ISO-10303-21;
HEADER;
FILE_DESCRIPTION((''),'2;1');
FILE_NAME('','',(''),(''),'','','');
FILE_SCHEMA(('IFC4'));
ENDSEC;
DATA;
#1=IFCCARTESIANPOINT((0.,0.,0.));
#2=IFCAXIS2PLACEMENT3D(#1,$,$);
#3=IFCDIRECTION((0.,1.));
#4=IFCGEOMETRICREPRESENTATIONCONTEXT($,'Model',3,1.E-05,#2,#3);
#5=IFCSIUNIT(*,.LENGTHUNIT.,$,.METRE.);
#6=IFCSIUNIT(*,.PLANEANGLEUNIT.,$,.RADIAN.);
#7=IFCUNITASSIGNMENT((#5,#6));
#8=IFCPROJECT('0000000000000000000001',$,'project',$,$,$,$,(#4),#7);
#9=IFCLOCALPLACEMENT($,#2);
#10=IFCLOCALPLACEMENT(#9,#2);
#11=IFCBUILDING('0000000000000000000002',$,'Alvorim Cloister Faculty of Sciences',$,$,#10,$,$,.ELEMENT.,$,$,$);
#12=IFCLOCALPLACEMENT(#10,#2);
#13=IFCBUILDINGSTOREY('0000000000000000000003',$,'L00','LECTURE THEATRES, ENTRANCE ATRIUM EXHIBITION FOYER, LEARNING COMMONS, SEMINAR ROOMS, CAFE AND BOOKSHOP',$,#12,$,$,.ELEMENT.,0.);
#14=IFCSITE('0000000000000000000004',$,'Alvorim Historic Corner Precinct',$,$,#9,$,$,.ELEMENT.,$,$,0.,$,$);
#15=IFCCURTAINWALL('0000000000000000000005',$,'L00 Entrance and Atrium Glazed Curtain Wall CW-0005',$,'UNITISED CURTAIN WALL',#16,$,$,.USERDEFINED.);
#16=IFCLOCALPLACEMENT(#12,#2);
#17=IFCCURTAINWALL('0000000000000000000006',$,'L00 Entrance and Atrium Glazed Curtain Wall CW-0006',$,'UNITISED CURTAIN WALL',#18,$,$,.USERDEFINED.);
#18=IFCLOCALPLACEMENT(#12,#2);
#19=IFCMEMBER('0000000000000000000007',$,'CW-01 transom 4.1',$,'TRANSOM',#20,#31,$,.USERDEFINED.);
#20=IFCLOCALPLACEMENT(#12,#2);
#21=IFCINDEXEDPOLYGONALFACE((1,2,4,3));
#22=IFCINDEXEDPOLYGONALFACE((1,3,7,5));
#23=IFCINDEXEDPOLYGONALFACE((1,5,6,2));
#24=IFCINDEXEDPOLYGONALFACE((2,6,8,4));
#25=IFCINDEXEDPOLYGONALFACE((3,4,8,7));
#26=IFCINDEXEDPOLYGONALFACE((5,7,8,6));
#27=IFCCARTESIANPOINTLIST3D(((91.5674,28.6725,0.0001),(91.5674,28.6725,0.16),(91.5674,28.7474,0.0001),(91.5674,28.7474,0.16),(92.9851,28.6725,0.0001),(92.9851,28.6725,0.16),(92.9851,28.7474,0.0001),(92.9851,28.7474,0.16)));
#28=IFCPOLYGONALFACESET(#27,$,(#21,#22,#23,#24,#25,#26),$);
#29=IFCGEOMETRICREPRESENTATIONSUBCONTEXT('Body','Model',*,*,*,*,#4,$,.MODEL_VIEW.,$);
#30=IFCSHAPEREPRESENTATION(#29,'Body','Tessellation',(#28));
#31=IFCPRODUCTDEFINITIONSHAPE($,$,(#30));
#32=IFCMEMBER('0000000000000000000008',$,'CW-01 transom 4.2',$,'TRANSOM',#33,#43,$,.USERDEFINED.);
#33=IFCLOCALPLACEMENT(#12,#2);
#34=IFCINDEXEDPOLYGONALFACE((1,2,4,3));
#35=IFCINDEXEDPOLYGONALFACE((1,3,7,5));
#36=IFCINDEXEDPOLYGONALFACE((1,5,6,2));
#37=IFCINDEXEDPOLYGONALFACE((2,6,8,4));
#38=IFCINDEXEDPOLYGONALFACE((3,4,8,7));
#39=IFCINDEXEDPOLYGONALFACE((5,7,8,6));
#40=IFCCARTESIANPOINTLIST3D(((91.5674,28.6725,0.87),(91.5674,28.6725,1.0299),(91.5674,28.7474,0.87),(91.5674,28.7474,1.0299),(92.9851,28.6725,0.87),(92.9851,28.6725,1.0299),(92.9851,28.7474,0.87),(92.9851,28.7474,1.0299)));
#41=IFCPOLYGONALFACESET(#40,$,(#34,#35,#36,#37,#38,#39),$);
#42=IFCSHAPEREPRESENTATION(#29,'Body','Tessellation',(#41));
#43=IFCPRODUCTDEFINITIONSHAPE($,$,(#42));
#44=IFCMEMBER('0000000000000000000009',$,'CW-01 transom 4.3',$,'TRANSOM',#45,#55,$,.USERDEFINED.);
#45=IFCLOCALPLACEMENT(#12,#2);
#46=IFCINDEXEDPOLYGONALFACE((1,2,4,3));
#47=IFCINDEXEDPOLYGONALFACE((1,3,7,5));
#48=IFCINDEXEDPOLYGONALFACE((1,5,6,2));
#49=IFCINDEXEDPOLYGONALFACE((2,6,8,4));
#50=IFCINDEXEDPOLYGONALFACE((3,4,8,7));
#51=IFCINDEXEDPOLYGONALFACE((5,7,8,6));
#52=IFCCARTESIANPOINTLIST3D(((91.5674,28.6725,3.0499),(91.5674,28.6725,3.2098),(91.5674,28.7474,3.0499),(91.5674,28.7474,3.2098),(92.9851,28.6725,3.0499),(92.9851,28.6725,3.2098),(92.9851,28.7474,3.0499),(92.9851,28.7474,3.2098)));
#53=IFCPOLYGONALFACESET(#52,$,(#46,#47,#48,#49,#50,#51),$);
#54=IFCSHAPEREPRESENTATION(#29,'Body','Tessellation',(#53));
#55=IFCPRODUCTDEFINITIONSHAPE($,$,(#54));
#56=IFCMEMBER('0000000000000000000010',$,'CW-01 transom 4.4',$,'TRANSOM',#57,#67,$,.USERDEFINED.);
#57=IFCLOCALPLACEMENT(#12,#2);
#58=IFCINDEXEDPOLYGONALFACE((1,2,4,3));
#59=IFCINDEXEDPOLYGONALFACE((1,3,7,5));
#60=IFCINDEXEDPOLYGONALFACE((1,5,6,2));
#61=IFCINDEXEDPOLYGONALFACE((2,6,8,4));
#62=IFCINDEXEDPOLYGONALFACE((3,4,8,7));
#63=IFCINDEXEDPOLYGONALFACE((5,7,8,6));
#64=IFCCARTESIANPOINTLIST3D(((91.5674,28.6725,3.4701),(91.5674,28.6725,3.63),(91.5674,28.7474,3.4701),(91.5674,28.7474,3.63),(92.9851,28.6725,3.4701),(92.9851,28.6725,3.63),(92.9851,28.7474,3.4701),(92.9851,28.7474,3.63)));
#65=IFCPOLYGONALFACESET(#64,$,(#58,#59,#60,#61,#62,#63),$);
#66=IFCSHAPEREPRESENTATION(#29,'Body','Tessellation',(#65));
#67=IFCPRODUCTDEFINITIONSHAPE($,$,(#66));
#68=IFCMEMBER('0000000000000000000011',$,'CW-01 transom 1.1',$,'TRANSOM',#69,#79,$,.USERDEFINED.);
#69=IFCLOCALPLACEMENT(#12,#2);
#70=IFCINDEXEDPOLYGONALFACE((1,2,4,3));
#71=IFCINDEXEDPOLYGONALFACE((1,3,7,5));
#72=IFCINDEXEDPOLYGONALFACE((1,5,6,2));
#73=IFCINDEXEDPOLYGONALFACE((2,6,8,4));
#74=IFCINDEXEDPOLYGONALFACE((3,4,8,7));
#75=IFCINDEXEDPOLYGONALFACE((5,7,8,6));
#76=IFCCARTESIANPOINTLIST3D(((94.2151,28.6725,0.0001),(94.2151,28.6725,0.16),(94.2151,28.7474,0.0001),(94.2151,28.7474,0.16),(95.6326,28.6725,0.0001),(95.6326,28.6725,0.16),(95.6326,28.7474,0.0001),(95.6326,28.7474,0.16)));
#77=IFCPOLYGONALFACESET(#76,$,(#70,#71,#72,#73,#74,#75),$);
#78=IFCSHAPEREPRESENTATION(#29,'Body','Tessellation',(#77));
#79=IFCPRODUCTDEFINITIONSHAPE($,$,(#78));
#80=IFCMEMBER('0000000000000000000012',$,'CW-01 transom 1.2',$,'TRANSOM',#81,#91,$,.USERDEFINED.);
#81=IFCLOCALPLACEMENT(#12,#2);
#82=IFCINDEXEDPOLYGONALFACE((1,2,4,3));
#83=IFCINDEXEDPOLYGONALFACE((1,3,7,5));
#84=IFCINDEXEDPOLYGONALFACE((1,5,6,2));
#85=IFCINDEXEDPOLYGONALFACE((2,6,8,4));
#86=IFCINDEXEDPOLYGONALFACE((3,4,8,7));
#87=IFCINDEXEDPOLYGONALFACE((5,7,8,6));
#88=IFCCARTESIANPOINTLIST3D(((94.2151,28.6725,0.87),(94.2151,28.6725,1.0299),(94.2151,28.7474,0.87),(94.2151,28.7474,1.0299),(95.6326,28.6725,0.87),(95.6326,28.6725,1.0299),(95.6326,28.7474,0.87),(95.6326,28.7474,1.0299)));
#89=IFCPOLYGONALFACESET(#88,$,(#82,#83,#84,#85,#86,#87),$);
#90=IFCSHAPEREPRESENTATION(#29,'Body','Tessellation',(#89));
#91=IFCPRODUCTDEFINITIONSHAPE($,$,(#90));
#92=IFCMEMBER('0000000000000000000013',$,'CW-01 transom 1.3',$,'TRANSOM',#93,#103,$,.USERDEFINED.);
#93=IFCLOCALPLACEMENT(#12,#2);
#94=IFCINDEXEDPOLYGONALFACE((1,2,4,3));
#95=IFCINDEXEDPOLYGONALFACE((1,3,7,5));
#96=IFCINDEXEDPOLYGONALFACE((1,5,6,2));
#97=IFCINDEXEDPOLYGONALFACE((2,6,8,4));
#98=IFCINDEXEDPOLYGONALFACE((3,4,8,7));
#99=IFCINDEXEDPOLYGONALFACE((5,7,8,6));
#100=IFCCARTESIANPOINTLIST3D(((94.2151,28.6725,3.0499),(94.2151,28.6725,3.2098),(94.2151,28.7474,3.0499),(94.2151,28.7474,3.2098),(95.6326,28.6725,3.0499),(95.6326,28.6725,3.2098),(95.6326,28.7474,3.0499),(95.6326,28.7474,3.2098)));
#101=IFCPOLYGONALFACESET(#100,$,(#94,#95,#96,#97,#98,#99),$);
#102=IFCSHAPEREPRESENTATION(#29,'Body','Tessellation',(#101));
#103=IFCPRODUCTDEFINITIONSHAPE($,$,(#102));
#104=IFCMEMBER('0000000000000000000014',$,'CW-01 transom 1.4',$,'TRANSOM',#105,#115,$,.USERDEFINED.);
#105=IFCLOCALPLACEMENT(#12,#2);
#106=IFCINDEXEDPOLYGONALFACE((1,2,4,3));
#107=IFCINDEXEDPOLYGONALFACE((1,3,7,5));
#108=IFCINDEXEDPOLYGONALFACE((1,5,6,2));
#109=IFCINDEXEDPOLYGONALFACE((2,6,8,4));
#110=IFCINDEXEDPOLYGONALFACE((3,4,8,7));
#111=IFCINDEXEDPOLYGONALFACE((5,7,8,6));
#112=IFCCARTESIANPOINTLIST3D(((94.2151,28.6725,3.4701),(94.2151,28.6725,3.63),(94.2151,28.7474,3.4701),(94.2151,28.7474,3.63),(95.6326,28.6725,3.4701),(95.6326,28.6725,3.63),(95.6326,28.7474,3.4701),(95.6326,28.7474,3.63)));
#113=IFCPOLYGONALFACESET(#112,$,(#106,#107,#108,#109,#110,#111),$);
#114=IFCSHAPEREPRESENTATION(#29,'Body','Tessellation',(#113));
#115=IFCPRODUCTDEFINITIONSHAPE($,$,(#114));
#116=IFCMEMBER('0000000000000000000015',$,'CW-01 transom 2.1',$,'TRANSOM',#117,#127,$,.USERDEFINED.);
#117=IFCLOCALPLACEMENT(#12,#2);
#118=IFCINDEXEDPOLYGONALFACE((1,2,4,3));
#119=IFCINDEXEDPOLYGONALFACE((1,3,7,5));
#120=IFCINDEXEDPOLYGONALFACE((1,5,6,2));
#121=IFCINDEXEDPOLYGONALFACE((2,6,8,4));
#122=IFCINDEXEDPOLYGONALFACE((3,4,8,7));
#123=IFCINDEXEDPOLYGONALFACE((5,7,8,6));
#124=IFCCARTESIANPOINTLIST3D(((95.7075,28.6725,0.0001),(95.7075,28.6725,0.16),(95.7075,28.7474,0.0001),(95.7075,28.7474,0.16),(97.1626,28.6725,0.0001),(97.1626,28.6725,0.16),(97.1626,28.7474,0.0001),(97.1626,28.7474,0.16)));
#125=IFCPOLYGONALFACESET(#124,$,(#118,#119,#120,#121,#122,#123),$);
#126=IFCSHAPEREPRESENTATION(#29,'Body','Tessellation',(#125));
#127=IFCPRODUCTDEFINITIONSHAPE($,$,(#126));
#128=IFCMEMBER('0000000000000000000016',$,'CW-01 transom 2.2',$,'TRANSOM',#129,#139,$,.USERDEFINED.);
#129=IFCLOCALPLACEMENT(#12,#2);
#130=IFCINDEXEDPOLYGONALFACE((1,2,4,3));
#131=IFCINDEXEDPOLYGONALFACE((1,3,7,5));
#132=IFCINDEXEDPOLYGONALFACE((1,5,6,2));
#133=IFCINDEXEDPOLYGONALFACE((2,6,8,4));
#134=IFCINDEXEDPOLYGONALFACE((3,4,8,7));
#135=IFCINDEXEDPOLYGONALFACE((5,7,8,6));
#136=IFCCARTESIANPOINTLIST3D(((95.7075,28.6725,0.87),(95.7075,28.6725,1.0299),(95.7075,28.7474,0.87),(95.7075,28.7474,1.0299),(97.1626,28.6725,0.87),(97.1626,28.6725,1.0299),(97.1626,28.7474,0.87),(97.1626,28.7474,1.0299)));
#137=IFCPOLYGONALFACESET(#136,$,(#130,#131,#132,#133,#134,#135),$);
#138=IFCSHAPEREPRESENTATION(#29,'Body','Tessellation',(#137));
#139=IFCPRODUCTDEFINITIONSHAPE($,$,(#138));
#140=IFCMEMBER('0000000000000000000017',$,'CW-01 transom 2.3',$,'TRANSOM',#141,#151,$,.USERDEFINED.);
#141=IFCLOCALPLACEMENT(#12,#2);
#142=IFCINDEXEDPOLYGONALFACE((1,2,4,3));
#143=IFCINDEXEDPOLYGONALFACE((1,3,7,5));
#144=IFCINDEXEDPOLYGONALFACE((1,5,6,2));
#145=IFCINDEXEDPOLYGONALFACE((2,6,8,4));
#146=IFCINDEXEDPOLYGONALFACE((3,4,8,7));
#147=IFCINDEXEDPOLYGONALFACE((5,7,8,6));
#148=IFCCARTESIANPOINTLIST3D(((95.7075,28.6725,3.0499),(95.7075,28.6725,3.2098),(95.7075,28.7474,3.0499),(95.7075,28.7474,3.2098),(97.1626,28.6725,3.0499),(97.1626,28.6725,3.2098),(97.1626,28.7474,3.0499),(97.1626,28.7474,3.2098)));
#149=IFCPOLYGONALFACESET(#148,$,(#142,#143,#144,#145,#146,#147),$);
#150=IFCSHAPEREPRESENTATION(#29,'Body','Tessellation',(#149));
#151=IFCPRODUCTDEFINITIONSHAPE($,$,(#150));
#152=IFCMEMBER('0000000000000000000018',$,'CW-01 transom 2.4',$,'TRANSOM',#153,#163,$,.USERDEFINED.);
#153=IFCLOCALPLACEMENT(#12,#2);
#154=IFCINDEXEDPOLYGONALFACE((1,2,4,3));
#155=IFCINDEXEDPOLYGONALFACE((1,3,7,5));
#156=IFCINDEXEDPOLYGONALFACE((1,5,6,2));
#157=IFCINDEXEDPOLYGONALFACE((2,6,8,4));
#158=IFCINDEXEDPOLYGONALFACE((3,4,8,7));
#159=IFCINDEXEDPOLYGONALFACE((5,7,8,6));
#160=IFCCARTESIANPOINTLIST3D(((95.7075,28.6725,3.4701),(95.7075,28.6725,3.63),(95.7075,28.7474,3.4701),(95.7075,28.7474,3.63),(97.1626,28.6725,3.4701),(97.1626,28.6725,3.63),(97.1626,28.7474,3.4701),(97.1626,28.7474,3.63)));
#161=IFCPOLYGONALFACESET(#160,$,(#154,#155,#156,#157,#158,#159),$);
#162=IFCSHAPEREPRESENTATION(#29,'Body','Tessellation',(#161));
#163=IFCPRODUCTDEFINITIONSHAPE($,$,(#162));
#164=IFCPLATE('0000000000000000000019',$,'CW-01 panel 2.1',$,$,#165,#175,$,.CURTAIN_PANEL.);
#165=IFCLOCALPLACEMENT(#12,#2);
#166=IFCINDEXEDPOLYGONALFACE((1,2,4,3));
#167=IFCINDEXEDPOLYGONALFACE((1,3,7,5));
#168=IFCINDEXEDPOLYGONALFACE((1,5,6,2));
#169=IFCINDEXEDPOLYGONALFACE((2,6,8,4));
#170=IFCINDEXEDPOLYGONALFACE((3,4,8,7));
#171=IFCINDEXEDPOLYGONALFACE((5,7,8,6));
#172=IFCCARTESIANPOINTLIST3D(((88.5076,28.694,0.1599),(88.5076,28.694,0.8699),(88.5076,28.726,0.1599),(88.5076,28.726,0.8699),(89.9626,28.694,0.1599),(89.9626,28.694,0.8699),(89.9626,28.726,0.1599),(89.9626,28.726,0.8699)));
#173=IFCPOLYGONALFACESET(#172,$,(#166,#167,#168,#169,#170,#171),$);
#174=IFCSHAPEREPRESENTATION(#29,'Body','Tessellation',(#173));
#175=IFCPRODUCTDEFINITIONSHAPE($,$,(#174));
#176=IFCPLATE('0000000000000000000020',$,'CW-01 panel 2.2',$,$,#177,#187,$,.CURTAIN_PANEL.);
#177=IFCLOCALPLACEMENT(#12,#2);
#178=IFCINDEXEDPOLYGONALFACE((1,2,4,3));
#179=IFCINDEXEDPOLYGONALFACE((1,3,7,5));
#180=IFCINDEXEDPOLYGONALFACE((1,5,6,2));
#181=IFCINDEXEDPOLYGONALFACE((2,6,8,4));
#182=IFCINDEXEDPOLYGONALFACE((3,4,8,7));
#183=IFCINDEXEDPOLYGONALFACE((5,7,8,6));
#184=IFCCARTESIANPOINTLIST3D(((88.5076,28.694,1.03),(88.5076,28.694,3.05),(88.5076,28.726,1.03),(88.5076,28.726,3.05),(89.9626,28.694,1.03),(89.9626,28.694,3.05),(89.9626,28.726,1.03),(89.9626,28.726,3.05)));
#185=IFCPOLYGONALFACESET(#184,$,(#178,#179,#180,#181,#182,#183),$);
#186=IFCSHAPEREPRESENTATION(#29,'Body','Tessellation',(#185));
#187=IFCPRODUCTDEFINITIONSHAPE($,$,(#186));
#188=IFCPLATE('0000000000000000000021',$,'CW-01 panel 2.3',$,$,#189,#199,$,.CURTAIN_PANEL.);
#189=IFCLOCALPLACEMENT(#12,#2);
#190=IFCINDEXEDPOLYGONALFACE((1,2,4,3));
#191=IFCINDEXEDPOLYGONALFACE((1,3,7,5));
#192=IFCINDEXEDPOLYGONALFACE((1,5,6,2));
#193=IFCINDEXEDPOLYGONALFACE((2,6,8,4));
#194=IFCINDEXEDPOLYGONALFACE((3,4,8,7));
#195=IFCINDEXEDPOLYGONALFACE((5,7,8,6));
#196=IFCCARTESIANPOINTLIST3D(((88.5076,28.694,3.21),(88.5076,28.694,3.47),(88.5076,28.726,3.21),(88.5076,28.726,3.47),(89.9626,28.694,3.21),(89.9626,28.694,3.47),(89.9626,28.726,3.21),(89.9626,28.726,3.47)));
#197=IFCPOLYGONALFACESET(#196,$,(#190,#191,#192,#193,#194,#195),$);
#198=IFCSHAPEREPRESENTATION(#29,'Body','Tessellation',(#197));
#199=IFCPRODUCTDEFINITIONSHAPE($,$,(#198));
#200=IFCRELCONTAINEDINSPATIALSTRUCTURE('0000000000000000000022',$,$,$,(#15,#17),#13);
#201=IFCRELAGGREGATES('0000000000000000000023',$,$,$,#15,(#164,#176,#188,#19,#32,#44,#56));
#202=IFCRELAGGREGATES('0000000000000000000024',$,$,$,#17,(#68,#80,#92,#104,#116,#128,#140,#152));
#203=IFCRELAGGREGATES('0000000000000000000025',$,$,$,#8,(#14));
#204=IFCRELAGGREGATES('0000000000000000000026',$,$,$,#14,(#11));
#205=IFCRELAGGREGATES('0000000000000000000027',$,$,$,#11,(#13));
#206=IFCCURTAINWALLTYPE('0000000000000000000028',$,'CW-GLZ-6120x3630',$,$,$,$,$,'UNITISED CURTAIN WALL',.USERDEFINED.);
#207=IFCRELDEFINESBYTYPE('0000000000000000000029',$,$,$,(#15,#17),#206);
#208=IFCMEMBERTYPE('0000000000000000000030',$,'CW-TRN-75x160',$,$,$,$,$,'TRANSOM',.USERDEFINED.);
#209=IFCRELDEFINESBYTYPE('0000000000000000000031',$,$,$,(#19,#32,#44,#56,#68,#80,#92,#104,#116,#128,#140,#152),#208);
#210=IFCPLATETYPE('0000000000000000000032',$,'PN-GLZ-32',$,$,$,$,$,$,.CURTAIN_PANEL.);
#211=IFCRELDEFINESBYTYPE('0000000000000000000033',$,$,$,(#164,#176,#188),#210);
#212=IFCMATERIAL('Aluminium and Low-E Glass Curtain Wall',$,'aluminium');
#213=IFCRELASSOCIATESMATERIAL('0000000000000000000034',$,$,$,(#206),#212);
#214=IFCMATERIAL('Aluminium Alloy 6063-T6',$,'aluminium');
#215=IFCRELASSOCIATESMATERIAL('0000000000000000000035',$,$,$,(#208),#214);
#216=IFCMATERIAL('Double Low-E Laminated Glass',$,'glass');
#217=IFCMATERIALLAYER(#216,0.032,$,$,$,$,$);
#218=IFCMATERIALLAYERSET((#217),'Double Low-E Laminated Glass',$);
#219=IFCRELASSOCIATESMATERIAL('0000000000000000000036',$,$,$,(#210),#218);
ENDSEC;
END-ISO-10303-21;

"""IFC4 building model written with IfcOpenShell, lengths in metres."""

from ifc_helpers import new_model, si_unit, direction, frame, origin, origin_2d, place, context, subcontext, project, spatial, rectangle, extrude, material, layer, layer_set, material_profile, profile_set, type_object, element, aggregate, save


model = new_model("IFC4")

# Units and contexts
model_context = context("Model", 3, precision=1e-05, world=origin(), true_north=direction((0.0, 1.0)))
body_context = subcontext(model_context, "Body", "Model", "MODEL_VIEW")
ifc_project = project(units=[si_unit("LENGTHUNIT", "METRE"), si_unit("PLANEANGLEUNIT", "RADIAN")], contexts=[model_context])

# Site, building, storey
site_placement = place(None, origin())
site = spatial("IfcSite", under=ifc_project, at=site_placement, Name="Alvorim Historic Corner Precinct", CompositionType="ELEMENT", RefElevation=0.0)
building_placement = place(site_placement, origin())
building = spatial("IfcBuilding", under=site, at=building_placement, Name="Alvorim Cloister Faculty of Sciences", CompositionType="ELEMENT")
storey_placement = place(building_placement, origin())
storey = spatial("IfcBuildingStorey", under=building, at=storey_placement, Name="L00", Description="LECTURE THEATRES, ENTRANCE ATRIUM EXHIBITION FOYER, LEARNING COMMONS, SEMINAR ROOMS, CAFE AND BOOKSHOP", CompositionType="ELEMENT", Elevation=0.0)

# Curtain walls
ifc_material_1 = material(Name="Aluminium and Low-E Glass Curtain Wall", Category="aluminium")
curtain_wall_type = type_object("IfcCurtainWallType", Name="CW-GLZ-6120x3630", ElementType="UNITISED CURTAIN WALL", PredefinedType="USERDEFINED", material=ifc_material_1)
curtain_wall_1_placement = place(storey_placement, origin())
curtain_wall_1 = element("IfcCurtainWall", 1, at=curtain_wall_1_placement, inside=storey, type_object=curtain_wall_type, Name="L00 Entrance and Atrium Glazed Curtain Wall CW-0005", ObjectType="UNITISED CURTAIN WALL", PredefinedType="USERDEFINED")
ifc_material_2 = material(Name="Aluminium Alloy 6063-T6", Category="aluminium")
curtain_wall_2_placement = place(storey_placement, origin())
curtain_wall_2 = element("IfcCurtainWall", 2, at=curtain_wall_2_placement, inside=storey, type_object=curtain_wall_type, Name="L00 Entrance and Atrium Glazed Curtain Wall CW-0006", ObjectType="UNITISED CURTAIN WALL", PredefinedType="USERDEFINED")

# Members
ifc_material_profile_1 = material_profile(ifc_material_2, rectangle(XDim=0.075, YDim=0.1599, at=origin_2d()), Name="ALU-TRN-75x160")
ifc_profile_set_1 = profile_set([ifc_material_profile_1], Name="Aluminium Alloy 6063-T6")
member_type_1 = type_object("IfcMemberType", Name="CW-TRN-75x160", ElementType="TRANSOM", PredefinedType="USERDEFINED", material=ifc_profile_set_1)
member_1_placement = place(storey_placement, frame((91.5674, 28.71, 0.0801), z_axis=(1.0, 0.0, 0.0), x_axis=(0.0, 1.0, 0.0)))
member_1 = element("IfcMember", 3, at=member_1_placement, type_object=member_type_1, Name="CW-01 transom 4.1", ObjectType="TRANSOM", PredefinedType="USERDEFINED", context=body_context, shape_type="SweptSolid", body=[
    extrude(rectangle(XDim=0.075, YDim=0.1599, at=origin_2d()), origin(), (0.0, 0.0, 1.0), 1.4177),
])
member_2_placement = place(storey_placement, frame((91.5674, 28.71, 0.95), z_axis=(1.0, 0.0, 0.0), x_axis=(0.0, 1.0, 0.0)))
member_2 = element("IfcMember", 4, at=member_2_placement, type_object=member_type_1, Name="CW-01 transom 4.2", ObjectType="TRANSOM", PredefinedType="USERDEFINED", context=body_context, shape_type="SweptSolid", body=[
    extrude(rectangle(XDim=0.075, YDim=0.1599, at=origin_2d()), origin(), (0.0, 0.0, 1.0), 1.4177),
])
member_3_placement = place(storey_placement, frame((91.5674, 28.71, 3.1299), z_axis=(1.0, 0.0, 0.0), x_axis=(0.0, 1.0, 0.0)))
member_3 = element("IfcMember", 5, at=member_3_placement, type_object=member_type_1, Name="CW-01 transom 4.3", ObjectType="TRANSOM", PredefinedType="USERDEFINED", context=body_context, shape_type="SweptSolid", body=[
    extrude(rectangle(XDim=0.075, YDim=0.1599, at=origin_2d()), origin(), (0.0, 0.0, 1.0), 1.4177),
])
member_4_placement = place(storey_placement, frame((91.5674, 28.71, 3.55), z_axis=(1.0, 0.0, 0.0), x_axis=(0.0, 1.0, 0.0)))
member_4 = element("IfcMember", 6, at=member_4_placement, type_object=member_type_1, Name="CW-01 transom 4.4", ObjectType="TRANSOM", PredefinedType="USERDEFINED", context=body_context, shape_type="SweptSolid", body=[
    extrude(rectangle(XDim=0.075, YDim=0.1599, at=origin_2d()), origin(), (0.0, 0.0, 1.0), 1.4177),
])
member_5_placement = place(storey_placement, frame((94.2151, 28.71, 0.0801), z_axis=(1.0, 0.0, 0.0), x_axis=(0.0, 1.0, 0.0)))
member_5 = element("IfcMember", 7, at=member_5_placement, type_object=member_type_1, Name="CW-01 transom 1.1", ObjectType="TRANSOM", PredefinedType="USERDEFINED", context=body_context, shape_type="SweptSolid", body=[
    extrude(rectangle(XDim=0.075, YDim=0.1599, at=origin_2d()), origin(), (0.0, 0.0, 1.0), 1.4175),
])
member_6_placement = place(storey_placement, frame((94.2151, 28.71, 0.95), z_axis=(1.0, 0.0, 0.0), x_axis=(0.0, 1.0, 0.0)))
member_6 = element("IfcMember", 8, at=member_6_placement, type_object=member_type_1, Name="CW-01 transom 1.2", ObjectType="TRANSOM", PredefinedType="USERDEFINED", context=body_context, shape_type="SweptSolid", body=[
    extrude(rectangle(XDim=0.075, YDim=0.1599, at=origin_2d()), origin(), (0.0, 0.0, 1.0), 1.4175),
])
member_7_placement = place(storey_placement, frame((94.2151, 28.71, 3.1299), z_axis=(1.0, 0.0, 0.0), x_axis=(0.0, 1.0, 0.0)))
member_7 = element("IfcMember", 9, at=member_7_placement, type_object=member_type_1, Name="CW-01 transom 1.3", ObjectType="TRANSOM", PredefinedType="USERDEFINED", context=body_context, shape_type="SweptSolid", body=[
    extrude(rectangle(XDim=0.075, YDim=0.1599, at=origin_2d()), origin(), (0.0, 0.0, 1.0), 1.4175),
])
member_8_placement = place(storey_placement, frame((94.2151, 28.71, 3.55), z_axis=(1.0, 0.0, 0.0), x_axis=(0.0, 1.0, 0.0)))
member_8 = element("IfcMember", 10, at=member_8_placement, type_object=member_type_1, Name="CW-01 transom 1.4", ObjectType="TRANSOM", PredefinedType="USERDEFINED", context=body_context, shape_type="SweptSolid", body=[
    extrude(rectangle(XDim=0.075, YDim=0.1599, at=origin_2d()), origin(), (0.0, 0.0, 1.0), 1.4175),
])
member_9_placement = place(storey_placement, frame((95.7075, 28.71, 0.0801), z_axis=(1.0, 0.0, 0.0), x_axis=(0.0, 1.0, 0.0)))
member_9 = element("IfcMember", 11, at=member_9_placement, type_object=member_type_1, Name="CW-01 transom 2.1", ObjectType="TRANSOM", PredefinedType="USERDEFINED", context=body_context, shape_type="SweptSolid", body=[
    extrude(rectangle(XDim=0.075, YDim=0.1599, at=origin_2d()), origin(), (0.0, 0.0, 1.0), 1.4551),
])
member_10_placement = place(storey_placement, frame((95.7075, 28.71, 0.95), z_axis=(1.0, 0.0, 0.0), x_axis=(0.0, 1.0, 0.0)))
member_10 = element("IfcMember", 12, at=member_10_placement, type_object=member_type_1, Name="CW-01 transom 2.2", ObjectType="TRANSOM", PredefinedType="USERDEFINED", context=body_context, shape_type="SweptSolid", body=[
    extrude(rectangle(XDim=0.075, YDim=0.1599, at=origin_2d()), origin(), (0.0, 0.0, 1.0), 1.4551),
])
member_11_placement = place(storey_placement, frame((95.7075, 28.71, 3.1299), z_axis=(1.0, 0.0, 0.0), x_axis=(0.0, 1.0, 0.0)))
member_11 = element("IfcMember", 13, at=member_11_placement, type_object=member_type_1, Name="CW-01 transom 2.3", ObjectType="TRANSOM", PredefinedType="USERDEFINED", context=body_context, shape_type="SweptSolid", body=[
    extrude(rectangle(XDim=0.075, YDim=0.1599, at=origin_2d()), origin(), (0.0, 0.0, 1.0), 1.4551),
])
member_12_placement = place(storey_placement, frame((95.7075, 28.71, 3.55), z_axis=(1.0, 0.0, 0.0), x_axis=(0.0, 1.0, 0.0)))
member_12 = element("IfcMember", 14, at=member_12_placement, type_object=member_type_1, Name="CW-01 transom 2.4", ObjectType="TRANSOM", PredefinedType="USERDEFINED", context=body_context, shape_type="SweptSolid", body=[
    extrude(rectangle(XDim=0.075, YDim=0.1599, at=origin_2d()), origin(), (0.0, 0.0, 1.0), 1.4551),
])

# Plates
ifc_material_3 = material(Name="Double Low-E Laminated Glass", Category="glass")
ifc_layer_1 = layer(ifc_material_3, 0.032)
ifc_layer_set_1 = layer_set([ifc_layer_1], Name="Double Low-E Laminated Glass")
plate_type_1 = type_object("IfcPlateType", Name="PN-GLZ-32", PredefinedType="CURTAIN_PANEL", material=ifc_layer_set_1)
plate_1_placement = place(storey_placement, frame((89.2351, 28.71, 0.1599), z_axis=(0.0, 0.0, 1.0), x_axis=(1.0, 0.0, 0.0)))
plate_1 = element("IfcPlate", 15, at=plate_1_placement, type_object=plate_type_1, Name="CW-01 panel 2.1", PredefinedType="CURTAIN_PANEL", context=body_context, shape_type="SweptSolid", body=[
    extrude(rectangle(XDim=1.4551, YDim=0.032, at=origin_2d()), origin(), (0.0, 0.0, 1.0), 0.71),
])
plate_2_placement = place(storey_placement, frame((89.2351, 28.71, 1.03), z_axis=(0.0, 0.0, 1.0), x_axis=(1.0, 0.0, 0.0)))
plate_2 = element("IfcPlate", 16, at=plate_2_placement, type_object=plate_type_1, Name="CW-01 panel 2.2", PredefinedType="CURTAIN_PANEL", context=body_context, shape_type="SweptSolid", body=[
    extrude(rectangle(XDim=1.4551, YDim=0.032, at=origin_2d()), origin(), (0.0, 0.0, 1.0), 2.02),
])
plate_3_placement = place(storey_placement, frame((89.2351, 28.71, 3.21), z_axis=(0.0, 0.0, 1.0), x_axis=(1.0, 0.0, 0.0)))
plate_3 = element("IfcPlate", 17, at=plate_3_placement, type_object=plate_type_1, Name="CW-01 panel 2.3", PredefinedType="CURTAIN_PANEL", context=body_context, shape_type="SweptSolid", body=[
    extrude(rectangle(XDim=1.4551, YDim=0.032, at=origin_2d()), origin(), (0.0, 0.0, 1.0), 0.26),
])
aggregate(curtain_wall_1, [plate_1, plate_2, plate_3, member_1, member_2, member_3, member_4])
aggregate(curtain_wall_2, [member_5, member_6, member_7, member_8, member_9, member_10, member_11, member_12])

save(model, "model.ifc")
